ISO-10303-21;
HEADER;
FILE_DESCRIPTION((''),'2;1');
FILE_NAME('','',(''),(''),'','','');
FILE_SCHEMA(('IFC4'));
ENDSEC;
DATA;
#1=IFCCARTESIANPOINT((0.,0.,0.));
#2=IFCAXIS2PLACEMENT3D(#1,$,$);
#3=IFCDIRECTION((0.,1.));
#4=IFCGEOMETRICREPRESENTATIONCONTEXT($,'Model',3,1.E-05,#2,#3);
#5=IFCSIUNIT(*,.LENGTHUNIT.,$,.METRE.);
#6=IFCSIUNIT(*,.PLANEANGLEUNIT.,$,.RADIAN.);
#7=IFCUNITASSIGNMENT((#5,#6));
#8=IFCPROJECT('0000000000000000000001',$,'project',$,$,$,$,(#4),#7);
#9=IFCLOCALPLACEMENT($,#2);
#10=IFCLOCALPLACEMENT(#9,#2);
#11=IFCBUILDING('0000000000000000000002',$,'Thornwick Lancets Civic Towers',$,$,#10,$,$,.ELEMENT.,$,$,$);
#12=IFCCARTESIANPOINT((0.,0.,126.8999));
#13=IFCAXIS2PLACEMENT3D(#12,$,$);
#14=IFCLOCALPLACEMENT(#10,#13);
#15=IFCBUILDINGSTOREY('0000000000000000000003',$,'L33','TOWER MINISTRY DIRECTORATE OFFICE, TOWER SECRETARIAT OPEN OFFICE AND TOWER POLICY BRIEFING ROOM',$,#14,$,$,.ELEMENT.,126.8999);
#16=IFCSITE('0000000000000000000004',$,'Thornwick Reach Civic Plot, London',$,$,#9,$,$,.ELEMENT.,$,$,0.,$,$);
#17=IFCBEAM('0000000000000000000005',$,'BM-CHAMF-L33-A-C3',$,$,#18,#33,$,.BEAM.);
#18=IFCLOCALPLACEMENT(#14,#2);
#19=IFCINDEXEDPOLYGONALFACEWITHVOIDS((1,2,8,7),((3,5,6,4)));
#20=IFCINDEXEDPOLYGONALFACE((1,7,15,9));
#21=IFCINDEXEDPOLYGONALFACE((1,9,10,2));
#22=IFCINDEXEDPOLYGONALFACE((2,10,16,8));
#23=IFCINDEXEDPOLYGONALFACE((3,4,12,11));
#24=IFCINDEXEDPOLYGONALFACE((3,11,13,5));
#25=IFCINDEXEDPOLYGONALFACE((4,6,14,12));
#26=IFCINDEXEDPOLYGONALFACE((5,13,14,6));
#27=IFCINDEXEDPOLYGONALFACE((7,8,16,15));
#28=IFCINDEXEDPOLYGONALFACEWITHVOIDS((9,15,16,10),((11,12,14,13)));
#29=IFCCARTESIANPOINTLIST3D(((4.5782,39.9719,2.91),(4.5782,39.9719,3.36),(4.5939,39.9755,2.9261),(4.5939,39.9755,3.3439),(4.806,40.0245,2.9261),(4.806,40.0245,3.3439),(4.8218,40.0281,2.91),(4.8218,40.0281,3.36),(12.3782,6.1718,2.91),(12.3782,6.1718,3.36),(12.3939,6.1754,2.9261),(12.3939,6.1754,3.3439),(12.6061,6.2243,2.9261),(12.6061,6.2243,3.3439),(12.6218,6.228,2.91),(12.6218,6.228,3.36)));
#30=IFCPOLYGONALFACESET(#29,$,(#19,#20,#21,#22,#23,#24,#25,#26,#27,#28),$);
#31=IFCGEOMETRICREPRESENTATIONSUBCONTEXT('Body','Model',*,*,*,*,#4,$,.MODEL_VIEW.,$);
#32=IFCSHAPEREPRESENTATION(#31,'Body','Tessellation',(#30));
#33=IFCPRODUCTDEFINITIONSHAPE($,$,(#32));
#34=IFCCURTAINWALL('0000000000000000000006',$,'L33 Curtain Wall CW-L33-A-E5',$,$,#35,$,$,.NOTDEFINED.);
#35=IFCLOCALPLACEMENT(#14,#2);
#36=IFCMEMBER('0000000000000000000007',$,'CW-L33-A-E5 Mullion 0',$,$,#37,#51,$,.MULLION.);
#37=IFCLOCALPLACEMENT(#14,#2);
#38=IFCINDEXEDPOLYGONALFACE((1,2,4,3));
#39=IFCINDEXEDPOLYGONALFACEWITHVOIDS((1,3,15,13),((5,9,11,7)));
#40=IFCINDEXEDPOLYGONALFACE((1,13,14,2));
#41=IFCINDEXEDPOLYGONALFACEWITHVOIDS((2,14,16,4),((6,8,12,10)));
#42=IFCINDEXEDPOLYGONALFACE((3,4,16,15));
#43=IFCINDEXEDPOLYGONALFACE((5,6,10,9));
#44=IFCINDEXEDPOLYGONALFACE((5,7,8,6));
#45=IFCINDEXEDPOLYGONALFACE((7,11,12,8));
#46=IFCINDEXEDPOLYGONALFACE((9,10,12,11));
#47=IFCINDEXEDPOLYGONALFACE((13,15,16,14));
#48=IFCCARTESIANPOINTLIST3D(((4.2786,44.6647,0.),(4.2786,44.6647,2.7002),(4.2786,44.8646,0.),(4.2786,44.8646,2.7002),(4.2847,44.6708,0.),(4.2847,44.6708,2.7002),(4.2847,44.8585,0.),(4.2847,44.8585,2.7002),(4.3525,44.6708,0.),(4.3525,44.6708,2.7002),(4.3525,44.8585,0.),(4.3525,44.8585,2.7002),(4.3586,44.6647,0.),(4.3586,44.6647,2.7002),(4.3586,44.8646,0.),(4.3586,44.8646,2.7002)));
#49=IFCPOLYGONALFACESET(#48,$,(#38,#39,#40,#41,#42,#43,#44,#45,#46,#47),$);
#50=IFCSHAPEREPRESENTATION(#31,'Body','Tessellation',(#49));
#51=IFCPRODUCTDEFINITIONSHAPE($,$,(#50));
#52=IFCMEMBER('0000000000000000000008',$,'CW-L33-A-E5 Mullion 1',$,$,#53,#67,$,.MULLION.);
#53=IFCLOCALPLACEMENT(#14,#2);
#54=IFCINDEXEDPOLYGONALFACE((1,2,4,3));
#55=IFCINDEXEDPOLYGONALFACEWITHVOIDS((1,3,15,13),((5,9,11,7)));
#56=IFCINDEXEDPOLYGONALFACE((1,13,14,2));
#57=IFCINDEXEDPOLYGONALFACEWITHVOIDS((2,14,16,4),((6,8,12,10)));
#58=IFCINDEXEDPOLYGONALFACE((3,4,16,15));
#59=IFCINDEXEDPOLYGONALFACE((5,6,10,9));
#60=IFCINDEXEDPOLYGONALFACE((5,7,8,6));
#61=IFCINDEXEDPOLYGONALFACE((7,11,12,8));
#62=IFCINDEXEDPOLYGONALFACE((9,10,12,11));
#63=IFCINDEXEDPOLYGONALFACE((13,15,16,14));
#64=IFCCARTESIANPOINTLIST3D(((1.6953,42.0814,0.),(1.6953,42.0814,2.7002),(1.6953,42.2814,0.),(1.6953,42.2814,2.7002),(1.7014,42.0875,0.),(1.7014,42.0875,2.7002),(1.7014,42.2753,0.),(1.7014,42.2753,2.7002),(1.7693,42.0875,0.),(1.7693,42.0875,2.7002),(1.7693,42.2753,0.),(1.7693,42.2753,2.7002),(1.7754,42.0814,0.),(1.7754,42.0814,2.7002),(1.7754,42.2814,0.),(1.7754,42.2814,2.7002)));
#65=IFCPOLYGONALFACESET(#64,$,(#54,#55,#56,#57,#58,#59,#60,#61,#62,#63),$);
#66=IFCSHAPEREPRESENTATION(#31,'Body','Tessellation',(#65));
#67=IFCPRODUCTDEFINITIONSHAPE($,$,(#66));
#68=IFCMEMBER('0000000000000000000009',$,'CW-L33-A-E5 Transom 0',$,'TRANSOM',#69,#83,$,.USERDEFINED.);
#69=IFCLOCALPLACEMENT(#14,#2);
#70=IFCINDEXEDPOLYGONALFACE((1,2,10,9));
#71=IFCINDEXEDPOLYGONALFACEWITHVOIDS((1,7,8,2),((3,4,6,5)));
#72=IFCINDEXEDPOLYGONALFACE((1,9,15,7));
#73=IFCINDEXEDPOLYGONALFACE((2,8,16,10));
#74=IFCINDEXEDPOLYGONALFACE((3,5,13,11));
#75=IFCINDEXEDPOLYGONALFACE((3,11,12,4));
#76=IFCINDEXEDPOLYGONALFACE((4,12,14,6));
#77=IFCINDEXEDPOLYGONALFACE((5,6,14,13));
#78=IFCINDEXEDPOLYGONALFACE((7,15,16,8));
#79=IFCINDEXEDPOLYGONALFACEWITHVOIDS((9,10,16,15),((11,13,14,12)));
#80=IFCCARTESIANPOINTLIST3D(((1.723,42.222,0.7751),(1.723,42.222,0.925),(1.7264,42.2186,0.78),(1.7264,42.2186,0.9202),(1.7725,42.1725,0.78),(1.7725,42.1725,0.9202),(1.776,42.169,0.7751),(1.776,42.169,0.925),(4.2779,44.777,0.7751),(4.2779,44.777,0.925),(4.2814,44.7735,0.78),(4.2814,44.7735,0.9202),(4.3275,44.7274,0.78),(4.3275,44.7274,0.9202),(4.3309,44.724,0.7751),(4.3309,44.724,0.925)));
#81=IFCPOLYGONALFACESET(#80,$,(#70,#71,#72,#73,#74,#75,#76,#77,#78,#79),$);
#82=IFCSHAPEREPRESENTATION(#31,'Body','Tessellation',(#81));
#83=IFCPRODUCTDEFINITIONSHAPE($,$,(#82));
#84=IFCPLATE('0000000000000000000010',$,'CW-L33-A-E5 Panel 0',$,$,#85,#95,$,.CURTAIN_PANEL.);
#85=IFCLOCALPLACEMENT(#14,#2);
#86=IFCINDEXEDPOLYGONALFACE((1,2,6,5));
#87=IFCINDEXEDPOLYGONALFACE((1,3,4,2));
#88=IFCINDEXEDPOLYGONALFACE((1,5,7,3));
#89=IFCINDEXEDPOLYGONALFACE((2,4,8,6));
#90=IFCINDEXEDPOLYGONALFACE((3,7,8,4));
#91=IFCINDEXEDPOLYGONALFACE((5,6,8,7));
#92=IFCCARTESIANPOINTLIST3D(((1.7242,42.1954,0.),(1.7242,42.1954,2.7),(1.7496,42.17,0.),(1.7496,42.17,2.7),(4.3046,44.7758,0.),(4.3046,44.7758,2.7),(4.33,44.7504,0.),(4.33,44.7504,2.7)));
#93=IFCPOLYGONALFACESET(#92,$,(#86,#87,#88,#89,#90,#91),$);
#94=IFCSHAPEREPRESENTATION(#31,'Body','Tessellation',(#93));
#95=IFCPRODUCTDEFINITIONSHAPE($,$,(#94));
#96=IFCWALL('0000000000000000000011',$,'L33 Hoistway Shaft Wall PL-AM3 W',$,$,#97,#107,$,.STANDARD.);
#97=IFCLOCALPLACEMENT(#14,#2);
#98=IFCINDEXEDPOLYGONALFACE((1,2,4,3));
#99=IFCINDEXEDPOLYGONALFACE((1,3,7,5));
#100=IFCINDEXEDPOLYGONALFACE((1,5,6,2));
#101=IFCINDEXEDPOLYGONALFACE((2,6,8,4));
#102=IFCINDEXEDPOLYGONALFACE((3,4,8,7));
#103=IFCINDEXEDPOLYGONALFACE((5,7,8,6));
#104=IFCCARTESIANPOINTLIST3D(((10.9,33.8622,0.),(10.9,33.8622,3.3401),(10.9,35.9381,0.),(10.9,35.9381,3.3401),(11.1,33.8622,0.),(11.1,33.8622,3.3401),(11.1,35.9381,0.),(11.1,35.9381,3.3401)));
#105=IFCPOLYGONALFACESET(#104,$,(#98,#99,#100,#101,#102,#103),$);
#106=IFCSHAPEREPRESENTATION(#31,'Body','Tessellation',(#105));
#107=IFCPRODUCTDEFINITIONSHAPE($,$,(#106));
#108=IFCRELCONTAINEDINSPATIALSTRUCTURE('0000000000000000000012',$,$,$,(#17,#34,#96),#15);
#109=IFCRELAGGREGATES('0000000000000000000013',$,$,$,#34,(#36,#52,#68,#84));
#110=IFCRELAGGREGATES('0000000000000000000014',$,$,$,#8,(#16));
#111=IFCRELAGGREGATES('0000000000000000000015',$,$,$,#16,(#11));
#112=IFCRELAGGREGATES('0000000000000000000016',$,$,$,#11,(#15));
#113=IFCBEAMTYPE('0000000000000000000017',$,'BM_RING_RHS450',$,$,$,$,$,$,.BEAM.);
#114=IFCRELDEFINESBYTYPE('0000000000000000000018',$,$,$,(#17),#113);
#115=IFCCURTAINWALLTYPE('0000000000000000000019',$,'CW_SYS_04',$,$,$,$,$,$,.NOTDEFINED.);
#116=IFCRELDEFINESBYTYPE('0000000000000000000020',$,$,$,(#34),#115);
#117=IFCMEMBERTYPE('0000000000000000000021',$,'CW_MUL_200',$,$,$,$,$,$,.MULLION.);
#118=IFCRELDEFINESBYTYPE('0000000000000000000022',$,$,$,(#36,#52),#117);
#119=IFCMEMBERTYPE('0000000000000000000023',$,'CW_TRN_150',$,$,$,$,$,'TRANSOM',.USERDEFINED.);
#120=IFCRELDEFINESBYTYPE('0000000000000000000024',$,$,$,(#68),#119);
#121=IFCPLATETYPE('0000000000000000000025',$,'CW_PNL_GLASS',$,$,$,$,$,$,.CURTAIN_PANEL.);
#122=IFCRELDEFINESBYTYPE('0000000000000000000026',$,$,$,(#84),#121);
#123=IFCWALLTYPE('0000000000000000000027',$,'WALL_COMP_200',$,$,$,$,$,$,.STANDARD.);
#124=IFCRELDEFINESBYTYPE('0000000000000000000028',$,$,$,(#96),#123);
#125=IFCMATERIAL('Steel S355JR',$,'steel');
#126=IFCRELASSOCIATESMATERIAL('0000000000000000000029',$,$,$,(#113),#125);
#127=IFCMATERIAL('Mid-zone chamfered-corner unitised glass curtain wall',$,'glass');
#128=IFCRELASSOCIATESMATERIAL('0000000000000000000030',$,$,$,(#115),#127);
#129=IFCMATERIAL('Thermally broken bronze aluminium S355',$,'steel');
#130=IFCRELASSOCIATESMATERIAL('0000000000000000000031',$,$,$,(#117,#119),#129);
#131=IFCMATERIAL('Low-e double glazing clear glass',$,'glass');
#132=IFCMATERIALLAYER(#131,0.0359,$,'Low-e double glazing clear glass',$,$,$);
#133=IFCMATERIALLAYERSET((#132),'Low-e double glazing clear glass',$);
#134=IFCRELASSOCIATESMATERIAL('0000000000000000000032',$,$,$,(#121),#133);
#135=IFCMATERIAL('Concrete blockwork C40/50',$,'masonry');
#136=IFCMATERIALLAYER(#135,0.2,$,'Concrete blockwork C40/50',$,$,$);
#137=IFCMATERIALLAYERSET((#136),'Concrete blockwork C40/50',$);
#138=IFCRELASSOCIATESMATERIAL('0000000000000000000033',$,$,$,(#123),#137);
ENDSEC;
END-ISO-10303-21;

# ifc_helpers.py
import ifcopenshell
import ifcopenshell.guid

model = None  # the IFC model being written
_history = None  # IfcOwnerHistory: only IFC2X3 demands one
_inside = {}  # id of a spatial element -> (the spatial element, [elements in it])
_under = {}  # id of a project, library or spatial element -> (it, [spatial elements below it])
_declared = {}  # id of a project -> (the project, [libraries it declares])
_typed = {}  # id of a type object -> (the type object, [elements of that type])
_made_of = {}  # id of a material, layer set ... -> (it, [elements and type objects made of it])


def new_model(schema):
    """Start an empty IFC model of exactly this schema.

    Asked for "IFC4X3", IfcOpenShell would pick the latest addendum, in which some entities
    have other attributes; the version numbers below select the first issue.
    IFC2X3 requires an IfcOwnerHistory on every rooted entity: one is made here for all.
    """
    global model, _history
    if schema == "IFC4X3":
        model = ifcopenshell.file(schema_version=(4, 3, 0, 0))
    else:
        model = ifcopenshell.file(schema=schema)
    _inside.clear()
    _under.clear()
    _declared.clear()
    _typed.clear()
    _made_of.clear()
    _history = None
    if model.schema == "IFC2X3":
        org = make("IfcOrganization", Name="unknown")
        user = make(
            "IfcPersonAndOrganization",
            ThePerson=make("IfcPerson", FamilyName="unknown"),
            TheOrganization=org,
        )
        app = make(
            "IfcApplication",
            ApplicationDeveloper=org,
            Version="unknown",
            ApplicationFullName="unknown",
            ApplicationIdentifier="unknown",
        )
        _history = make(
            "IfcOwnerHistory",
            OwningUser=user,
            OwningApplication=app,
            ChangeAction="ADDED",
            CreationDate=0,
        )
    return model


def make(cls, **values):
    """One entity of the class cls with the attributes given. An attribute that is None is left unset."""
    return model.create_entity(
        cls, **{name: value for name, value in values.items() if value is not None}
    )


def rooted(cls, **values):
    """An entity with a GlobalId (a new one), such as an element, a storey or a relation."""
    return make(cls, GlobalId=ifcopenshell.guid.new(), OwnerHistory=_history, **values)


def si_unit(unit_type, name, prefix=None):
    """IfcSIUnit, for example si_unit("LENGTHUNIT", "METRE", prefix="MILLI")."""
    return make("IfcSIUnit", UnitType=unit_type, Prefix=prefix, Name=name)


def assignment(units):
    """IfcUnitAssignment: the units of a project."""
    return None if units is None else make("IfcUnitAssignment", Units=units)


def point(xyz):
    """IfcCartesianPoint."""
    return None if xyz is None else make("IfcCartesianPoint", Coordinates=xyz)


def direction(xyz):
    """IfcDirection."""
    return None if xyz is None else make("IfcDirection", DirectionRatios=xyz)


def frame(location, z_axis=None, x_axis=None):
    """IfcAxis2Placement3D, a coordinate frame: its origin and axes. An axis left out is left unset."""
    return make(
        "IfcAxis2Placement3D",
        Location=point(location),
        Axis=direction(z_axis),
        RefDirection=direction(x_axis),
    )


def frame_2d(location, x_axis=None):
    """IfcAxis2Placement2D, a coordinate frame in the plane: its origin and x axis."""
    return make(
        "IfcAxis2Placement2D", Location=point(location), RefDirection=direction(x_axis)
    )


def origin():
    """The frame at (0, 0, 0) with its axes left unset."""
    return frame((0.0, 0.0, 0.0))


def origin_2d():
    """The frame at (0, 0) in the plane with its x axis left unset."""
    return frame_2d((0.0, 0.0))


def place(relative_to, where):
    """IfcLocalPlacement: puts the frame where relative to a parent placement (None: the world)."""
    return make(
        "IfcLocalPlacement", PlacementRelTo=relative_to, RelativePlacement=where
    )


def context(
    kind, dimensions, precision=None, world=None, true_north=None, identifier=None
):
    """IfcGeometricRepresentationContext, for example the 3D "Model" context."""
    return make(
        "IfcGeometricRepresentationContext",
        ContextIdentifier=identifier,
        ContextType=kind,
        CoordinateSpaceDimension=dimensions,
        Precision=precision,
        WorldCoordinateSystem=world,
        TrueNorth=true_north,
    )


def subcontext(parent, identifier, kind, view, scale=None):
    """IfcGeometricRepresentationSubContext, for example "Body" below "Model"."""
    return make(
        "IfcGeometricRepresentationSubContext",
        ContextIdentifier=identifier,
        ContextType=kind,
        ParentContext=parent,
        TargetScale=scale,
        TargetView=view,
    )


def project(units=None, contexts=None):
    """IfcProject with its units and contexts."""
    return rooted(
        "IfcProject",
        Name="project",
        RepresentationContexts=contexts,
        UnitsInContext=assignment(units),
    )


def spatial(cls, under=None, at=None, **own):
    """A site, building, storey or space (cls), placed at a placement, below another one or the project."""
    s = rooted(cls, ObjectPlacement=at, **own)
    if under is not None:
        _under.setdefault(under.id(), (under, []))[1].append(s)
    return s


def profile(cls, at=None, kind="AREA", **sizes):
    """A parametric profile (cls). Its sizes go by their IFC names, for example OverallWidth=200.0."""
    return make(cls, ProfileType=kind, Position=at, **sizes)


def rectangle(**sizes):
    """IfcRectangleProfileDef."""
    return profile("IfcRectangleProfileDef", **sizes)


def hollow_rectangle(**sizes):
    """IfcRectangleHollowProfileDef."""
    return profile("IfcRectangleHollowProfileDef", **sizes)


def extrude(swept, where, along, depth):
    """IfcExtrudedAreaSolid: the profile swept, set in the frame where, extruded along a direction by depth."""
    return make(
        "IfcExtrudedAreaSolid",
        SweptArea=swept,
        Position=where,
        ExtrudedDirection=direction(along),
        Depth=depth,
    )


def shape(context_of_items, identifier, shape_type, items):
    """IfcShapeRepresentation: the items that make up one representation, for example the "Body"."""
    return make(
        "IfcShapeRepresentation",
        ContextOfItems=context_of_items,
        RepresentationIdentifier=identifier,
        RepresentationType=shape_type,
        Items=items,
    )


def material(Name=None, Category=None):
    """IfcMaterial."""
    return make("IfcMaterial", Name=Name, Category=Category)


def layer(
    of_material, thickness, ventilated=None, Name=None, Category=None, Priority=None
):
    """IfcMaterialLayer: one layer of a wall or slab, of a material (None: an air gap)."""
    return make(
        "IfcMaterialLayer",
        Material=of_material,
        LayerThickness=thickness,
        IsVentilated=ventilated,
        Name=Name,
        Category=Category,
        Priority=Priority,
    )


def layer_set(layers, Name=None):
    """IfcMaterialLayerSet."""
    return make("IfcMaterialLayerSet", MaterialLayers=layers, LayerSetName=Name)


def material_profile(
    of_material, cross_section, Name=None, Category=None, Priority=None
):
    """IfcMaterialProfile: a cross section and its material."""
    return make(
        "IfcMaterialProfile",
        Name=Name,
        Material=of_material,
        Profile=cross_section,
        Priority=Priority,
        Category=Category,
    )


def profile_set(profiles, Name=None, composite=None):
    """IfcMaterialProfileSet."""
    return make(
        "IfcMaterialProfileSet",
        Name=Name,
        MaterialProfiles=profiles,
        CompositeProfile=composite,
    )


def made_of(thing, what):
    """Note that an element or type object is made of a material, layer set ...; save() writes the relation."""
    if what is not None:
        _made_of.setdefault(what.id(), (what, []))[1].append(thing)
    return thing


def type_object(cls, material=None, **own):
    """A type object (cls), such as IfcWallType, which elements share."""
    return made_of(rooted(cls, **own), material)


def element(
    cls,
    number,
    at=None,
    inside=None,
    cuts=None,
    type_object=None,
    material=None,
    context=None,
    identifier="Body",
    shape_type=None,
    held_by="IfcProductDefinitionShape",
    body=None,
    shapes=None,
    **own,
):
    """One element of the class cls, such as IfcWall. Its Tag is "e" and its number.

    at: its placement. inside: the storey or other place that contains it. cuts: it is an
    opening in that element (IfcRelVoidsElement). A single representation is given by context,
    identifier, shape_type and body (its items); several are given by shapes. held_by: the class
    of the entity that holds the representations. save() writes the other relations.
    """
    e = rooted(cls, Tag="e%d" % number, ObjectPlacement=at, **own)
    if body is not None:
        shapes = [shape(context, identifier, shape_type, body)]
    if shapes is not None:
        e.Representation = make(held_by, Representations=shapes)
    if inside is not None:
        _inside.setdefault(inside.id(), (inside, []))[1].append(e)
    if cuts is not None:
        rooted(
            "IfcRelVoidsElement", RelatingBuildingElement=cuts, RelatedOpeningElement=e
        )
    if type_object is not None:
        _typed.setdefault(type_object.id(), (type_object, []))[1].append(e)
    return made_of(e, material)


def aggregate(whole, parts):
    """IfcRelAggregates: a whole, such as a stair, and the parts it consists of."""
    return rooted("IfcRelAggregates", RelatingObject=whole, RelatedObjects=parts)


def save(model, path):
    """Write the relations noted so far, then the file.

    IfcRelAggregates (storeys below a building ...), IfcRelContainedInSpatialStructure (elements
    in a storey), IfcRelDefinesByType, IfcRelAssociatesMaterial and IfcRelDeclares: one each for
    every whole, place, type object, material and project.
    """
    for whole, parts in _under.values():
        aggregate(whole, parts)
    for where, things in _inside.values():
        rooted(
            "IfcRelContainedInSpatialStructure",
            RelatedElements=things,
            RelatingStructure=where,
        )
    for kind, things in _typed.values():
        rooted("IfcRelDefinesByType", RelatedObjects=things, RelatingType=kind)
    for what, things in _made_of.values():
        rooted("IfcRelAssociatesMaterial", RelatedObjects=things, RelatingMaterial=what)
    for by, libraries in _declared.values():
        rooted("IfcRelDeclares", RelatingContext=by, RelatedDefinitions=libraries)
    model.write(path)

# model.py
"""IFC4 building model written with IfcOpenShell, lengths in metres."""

from ifc_helpers import new_model, si_unit, direction, frame, frame_2d, origin, origin_2d, place, context, subcontext, project, spatial, rectangle, hollow_rectangle, extrude, material, layer, layer_set, material_profile, profile_set, type_object, element, aggregate, save


model = new_model("IFC4")

# Units and contexts
model_context = context("Model", 3, precision=1e-05, world=origin(), true_north=direction((0.0, 1.0)))
body_context = subcontext(model_context, "Body", "Model", "MODEL_VIEW")
ifc_project = project(units=[si_unit("LENGTHUNIT", "METRE"), si_unit("PLANEANGLEUNIT", "RADIAN")], contexts=[model_context])

# Site, building, storey
site_placement = place(None, origin())
site = spatial("IfcSite", under=ifc_project, at=site_placement, Name="Thornwick Reach Civic Plot, London", CompositionType="ELEMENT", RefElevation=0.0)
building_placement = place(site_placement, origin())
building = spatial("IfcBuilding", under=site, at=building_placement, Name="Thornwick Lancets Civic Towers", CompositionType="ELEMENT")
storey_placement = place(building_placement, frame((0.0, 0.0, 126.8999)))
storey = spatial("IfcBuildingStorey", under=building, at=storey_placement, Name="L33", Description="TOWER MINISTRY DIRECTORATE OFFICE, TOWER SECRETARIAT OPEN OFFICE AND TOWER POLICY BRIEFING ROOM", CompositionType="ELEMENT", Elevation=126.8999)

# Beam
ifc_material_1 = material(Name="Steel S355JR", Category="steel")
ifc_material_profile_1 = material_profile(ifc_material_1, hollow_rectangle(XDim=0.25, YDim=0.45, WallThickness=0.0161, at=origin_2d()), Name="RHS 450x250x16")
ifc_profile_set_1 = profile_set([ifc_material_profile_1], Name="Steel S355JR")
beam_type_1 = type_object("IfcBeamType", Name="BM_RING_RHS450", PredefinedType="BEAM", material=ifc_profile_set_1)
beam_1_placement = place(storey_placement, frame((4.7, 40.0, 3.135), z_axis=(0.224861, -0.974391, 0.0), x_axis=(0.974391, 0.224861, 0.0)))
element("IfcBeam", 1, at=beam_1_placement, inside=storey, type_object=beam_type_1, Name="BM-CHAMF-L33-A-C3", PredefinedType="BEAM", context=body_context, shape_type="SweptSolid", body=[
    extrude(hollow_rectangle(XDim=0.25, YDim=0.45, WallThickness=0.0161, at=origin_2d()), origin(), (0.0, 0.0, 1.0), 34.6885),
])

# Curtain wall, members, plate
ifc_material_2 = material(Name="Mid-zone chamfered-corner unitised glass curtain wall", Category="glass")
curtain_wall_type = type_object("IfcCurtainWallType", Name="CW_SYS_04", PredefinedType="NOTDEFINED", material=ifc_material_2)
curtain_wall_placement = place(storey_placement, origin())
curtain_wall = element("IfcCurtainWall", 2, at=curtain_wall_placement, inside=storey, type_object=curtain_wall_type, Name="L33 Curtain Wall CW-L33-A-E5", PredefinedType="NOTDEFINED")
ifc_material_3 = material(Name="Thermally broken bronze aluminium S355", Category="steel")
ifc_material_profile_2 = material_profile(ifc_material_3, hollow_rectangle(XDim=0.0801, YDim=0.2, WallThickness=0.0061, at=origin_2d()), Name="RHS 200x80x6")
ifc_profile_set_2 = profile_set([ifc_material_profile_2], Name="Thermally broken bronze aluminium S355")
member_type_1 = type_object("IfcMemberType", Name="CW_MUL_200", PredefinedType="MULLION", material=ifc_profile_set_2)
member_1_placement = place(storey_placement, frame((4.3186, 44.7646, 0.0), z_axis=(0.0, 0.0, 1.0), x_axis=(1.0, 0.0, 0.0)))
member_1 = element("IfcMember", 3, at=member_1_placement, type_object=member_type_1, Name="CW-L33-A-E5 Mullion 0", PredefinedType="MULLION", context=body_context, shape_type="SweptSolid", body=[
    extrude(hollow_rectangle(XDim=0.0801, YDim=0.2, WallThickness=0.0061, at=origin_2d()), origin(), (0.0, 0.0, 1.0), 2.7002),
])
member_2_placement = place(storey_placement, frame((1.7354, 42.1814, 0.0), z_axis=(0.0, 0.0, 1.0), x_axis=(1.0, 0.0, 0.0)))
member_2 = element("IfcMember", 4, at=member_2_placement, type_object=member_type_1, Name="CW-L33-A-E5 Mullion 1", PredefinedType="MULLION", context=body_context, shape_type="SweptSolid", body=[
    extrude(hollow_rectangle(XDim=0.0801, YDim=0.2, WallThickness=0.0061, at=origin_2d()), origin(), (0.0, 0.0, 1.0), 2.7002),
])
ifc_material_profile_3 = material_profile(ifc_material_3, hollow_rectangle(XDim=0.075, YDim=0.1499, WallThickness=0.0049, at=origin_2d()), Name="RHS 150x75x5")
ifc_profile_set_3 = profile_set([ifc_material_profile_3], Name="Thermally broken bronze aluminium S355")
member_type_2 = type_object("IfcMemberType", Name="CW_TRN_150", ElementType="TRANSOM", PredefinedType="USERDEFINED", material=ifc_profile_set_3)
member_3_placement = place(storey_placement, frame((4.3044, 44.7505, 0.8501), z_axis=(-0.707107, -0.707107, 0.0), x_axis=(0.707107, -0.707107, 0.0)))
member_3 = element("IfcMember", 5, at=member_3_placement, type_object=member_type_2, Name="CW-L33-A-E5 Transom 0", ObjectType="TRANSOM", PredefinedType="USERDEFINED", context=body_context, shape_type="SweptSolid", body=[
    extrude(hollow_rectangle(XDim=0.075, YDim=0.1499, WallThickness=0.0049, at=origin_2d()), origin(), (0.0, 0.0, 1.0), 3.6133),
])
ifc_material_4 = material(Name="Low-e double glazing clear glass", Category="glass")
ifc_layer_1 = layer(ifc_material_4, 0.0359, Name="Low-e double glazing clear glass")
ifc_layer_set_1 = layer_set([ifc_layer_1], Name="Low-e double glazing clear glass")
plate_type = type_object("IfcPlateType", Name="CW_PNL_GLASS", PredefinedType="CURTAIN_PANEL", material=ifc_layer_set_1)
plate_placement = place(storey_placement, frame((3.0271, 43.4729, 0.0), z_axis=(0.0, 0.0, 1.0), x_axis=(-0.707107, -0.707107, 0.0)))
plate = element("IfcPlate", 6, at=plate_placement, type_object=plate_type, Name="CW-L33-A-E5 Panel 0", PredefinedType="CURTAIN_PANEL", context=body_context, shape_type="SweptSolid", body=[
    extrude(rectangle(XDim=3.6492, YDim=0.0359, at=origin_2d()), origin(), (0.0, 0.0, 1.0), 2.7),
])
aggregate(curtain_wall, [member_1, member_2, member_3, plate])

# Wall
ifc_material_5 = material(Name="Concrete blockwork C40/50", Category="masonry")
ifc_layer_2 = layer(ifc_material_5, 0.2, Name="Concrete blockwork C40/50")
ifc_layer_set_2 = layer_set([ifc_layer_2], Name="Concrete blockwork C40/50")
wall_type_1 = type_object("IfcWallType", Name="WALL_COMP_200", PredefinedType="STANDARD", material=ifc_layer_set_2)
wall_1_placement = place(storey_placement, frame((11.0, 33.8621, 0.0), z_axis=(0.0, 0.0, 1.0), x_axis=(0.0, 1.0, 0.0)))
element("IfcWall", 7, at=wall_1_placement, inside=storey, type_object=wall_type_1, Name="L33 Hoistway Shaft Wall PL-AM3 W", PredefinedType="STANDARD", context=body_context, shape_type="SweptSolid", body=[
    extrude(rectangle(XDim=2.0759, YDim=0.2, at=frame_2d((1.0381, 0.0))), origin(), (0.0, 0.0, 1.0), 3.3401),
])

save(model, "model.ifc")
